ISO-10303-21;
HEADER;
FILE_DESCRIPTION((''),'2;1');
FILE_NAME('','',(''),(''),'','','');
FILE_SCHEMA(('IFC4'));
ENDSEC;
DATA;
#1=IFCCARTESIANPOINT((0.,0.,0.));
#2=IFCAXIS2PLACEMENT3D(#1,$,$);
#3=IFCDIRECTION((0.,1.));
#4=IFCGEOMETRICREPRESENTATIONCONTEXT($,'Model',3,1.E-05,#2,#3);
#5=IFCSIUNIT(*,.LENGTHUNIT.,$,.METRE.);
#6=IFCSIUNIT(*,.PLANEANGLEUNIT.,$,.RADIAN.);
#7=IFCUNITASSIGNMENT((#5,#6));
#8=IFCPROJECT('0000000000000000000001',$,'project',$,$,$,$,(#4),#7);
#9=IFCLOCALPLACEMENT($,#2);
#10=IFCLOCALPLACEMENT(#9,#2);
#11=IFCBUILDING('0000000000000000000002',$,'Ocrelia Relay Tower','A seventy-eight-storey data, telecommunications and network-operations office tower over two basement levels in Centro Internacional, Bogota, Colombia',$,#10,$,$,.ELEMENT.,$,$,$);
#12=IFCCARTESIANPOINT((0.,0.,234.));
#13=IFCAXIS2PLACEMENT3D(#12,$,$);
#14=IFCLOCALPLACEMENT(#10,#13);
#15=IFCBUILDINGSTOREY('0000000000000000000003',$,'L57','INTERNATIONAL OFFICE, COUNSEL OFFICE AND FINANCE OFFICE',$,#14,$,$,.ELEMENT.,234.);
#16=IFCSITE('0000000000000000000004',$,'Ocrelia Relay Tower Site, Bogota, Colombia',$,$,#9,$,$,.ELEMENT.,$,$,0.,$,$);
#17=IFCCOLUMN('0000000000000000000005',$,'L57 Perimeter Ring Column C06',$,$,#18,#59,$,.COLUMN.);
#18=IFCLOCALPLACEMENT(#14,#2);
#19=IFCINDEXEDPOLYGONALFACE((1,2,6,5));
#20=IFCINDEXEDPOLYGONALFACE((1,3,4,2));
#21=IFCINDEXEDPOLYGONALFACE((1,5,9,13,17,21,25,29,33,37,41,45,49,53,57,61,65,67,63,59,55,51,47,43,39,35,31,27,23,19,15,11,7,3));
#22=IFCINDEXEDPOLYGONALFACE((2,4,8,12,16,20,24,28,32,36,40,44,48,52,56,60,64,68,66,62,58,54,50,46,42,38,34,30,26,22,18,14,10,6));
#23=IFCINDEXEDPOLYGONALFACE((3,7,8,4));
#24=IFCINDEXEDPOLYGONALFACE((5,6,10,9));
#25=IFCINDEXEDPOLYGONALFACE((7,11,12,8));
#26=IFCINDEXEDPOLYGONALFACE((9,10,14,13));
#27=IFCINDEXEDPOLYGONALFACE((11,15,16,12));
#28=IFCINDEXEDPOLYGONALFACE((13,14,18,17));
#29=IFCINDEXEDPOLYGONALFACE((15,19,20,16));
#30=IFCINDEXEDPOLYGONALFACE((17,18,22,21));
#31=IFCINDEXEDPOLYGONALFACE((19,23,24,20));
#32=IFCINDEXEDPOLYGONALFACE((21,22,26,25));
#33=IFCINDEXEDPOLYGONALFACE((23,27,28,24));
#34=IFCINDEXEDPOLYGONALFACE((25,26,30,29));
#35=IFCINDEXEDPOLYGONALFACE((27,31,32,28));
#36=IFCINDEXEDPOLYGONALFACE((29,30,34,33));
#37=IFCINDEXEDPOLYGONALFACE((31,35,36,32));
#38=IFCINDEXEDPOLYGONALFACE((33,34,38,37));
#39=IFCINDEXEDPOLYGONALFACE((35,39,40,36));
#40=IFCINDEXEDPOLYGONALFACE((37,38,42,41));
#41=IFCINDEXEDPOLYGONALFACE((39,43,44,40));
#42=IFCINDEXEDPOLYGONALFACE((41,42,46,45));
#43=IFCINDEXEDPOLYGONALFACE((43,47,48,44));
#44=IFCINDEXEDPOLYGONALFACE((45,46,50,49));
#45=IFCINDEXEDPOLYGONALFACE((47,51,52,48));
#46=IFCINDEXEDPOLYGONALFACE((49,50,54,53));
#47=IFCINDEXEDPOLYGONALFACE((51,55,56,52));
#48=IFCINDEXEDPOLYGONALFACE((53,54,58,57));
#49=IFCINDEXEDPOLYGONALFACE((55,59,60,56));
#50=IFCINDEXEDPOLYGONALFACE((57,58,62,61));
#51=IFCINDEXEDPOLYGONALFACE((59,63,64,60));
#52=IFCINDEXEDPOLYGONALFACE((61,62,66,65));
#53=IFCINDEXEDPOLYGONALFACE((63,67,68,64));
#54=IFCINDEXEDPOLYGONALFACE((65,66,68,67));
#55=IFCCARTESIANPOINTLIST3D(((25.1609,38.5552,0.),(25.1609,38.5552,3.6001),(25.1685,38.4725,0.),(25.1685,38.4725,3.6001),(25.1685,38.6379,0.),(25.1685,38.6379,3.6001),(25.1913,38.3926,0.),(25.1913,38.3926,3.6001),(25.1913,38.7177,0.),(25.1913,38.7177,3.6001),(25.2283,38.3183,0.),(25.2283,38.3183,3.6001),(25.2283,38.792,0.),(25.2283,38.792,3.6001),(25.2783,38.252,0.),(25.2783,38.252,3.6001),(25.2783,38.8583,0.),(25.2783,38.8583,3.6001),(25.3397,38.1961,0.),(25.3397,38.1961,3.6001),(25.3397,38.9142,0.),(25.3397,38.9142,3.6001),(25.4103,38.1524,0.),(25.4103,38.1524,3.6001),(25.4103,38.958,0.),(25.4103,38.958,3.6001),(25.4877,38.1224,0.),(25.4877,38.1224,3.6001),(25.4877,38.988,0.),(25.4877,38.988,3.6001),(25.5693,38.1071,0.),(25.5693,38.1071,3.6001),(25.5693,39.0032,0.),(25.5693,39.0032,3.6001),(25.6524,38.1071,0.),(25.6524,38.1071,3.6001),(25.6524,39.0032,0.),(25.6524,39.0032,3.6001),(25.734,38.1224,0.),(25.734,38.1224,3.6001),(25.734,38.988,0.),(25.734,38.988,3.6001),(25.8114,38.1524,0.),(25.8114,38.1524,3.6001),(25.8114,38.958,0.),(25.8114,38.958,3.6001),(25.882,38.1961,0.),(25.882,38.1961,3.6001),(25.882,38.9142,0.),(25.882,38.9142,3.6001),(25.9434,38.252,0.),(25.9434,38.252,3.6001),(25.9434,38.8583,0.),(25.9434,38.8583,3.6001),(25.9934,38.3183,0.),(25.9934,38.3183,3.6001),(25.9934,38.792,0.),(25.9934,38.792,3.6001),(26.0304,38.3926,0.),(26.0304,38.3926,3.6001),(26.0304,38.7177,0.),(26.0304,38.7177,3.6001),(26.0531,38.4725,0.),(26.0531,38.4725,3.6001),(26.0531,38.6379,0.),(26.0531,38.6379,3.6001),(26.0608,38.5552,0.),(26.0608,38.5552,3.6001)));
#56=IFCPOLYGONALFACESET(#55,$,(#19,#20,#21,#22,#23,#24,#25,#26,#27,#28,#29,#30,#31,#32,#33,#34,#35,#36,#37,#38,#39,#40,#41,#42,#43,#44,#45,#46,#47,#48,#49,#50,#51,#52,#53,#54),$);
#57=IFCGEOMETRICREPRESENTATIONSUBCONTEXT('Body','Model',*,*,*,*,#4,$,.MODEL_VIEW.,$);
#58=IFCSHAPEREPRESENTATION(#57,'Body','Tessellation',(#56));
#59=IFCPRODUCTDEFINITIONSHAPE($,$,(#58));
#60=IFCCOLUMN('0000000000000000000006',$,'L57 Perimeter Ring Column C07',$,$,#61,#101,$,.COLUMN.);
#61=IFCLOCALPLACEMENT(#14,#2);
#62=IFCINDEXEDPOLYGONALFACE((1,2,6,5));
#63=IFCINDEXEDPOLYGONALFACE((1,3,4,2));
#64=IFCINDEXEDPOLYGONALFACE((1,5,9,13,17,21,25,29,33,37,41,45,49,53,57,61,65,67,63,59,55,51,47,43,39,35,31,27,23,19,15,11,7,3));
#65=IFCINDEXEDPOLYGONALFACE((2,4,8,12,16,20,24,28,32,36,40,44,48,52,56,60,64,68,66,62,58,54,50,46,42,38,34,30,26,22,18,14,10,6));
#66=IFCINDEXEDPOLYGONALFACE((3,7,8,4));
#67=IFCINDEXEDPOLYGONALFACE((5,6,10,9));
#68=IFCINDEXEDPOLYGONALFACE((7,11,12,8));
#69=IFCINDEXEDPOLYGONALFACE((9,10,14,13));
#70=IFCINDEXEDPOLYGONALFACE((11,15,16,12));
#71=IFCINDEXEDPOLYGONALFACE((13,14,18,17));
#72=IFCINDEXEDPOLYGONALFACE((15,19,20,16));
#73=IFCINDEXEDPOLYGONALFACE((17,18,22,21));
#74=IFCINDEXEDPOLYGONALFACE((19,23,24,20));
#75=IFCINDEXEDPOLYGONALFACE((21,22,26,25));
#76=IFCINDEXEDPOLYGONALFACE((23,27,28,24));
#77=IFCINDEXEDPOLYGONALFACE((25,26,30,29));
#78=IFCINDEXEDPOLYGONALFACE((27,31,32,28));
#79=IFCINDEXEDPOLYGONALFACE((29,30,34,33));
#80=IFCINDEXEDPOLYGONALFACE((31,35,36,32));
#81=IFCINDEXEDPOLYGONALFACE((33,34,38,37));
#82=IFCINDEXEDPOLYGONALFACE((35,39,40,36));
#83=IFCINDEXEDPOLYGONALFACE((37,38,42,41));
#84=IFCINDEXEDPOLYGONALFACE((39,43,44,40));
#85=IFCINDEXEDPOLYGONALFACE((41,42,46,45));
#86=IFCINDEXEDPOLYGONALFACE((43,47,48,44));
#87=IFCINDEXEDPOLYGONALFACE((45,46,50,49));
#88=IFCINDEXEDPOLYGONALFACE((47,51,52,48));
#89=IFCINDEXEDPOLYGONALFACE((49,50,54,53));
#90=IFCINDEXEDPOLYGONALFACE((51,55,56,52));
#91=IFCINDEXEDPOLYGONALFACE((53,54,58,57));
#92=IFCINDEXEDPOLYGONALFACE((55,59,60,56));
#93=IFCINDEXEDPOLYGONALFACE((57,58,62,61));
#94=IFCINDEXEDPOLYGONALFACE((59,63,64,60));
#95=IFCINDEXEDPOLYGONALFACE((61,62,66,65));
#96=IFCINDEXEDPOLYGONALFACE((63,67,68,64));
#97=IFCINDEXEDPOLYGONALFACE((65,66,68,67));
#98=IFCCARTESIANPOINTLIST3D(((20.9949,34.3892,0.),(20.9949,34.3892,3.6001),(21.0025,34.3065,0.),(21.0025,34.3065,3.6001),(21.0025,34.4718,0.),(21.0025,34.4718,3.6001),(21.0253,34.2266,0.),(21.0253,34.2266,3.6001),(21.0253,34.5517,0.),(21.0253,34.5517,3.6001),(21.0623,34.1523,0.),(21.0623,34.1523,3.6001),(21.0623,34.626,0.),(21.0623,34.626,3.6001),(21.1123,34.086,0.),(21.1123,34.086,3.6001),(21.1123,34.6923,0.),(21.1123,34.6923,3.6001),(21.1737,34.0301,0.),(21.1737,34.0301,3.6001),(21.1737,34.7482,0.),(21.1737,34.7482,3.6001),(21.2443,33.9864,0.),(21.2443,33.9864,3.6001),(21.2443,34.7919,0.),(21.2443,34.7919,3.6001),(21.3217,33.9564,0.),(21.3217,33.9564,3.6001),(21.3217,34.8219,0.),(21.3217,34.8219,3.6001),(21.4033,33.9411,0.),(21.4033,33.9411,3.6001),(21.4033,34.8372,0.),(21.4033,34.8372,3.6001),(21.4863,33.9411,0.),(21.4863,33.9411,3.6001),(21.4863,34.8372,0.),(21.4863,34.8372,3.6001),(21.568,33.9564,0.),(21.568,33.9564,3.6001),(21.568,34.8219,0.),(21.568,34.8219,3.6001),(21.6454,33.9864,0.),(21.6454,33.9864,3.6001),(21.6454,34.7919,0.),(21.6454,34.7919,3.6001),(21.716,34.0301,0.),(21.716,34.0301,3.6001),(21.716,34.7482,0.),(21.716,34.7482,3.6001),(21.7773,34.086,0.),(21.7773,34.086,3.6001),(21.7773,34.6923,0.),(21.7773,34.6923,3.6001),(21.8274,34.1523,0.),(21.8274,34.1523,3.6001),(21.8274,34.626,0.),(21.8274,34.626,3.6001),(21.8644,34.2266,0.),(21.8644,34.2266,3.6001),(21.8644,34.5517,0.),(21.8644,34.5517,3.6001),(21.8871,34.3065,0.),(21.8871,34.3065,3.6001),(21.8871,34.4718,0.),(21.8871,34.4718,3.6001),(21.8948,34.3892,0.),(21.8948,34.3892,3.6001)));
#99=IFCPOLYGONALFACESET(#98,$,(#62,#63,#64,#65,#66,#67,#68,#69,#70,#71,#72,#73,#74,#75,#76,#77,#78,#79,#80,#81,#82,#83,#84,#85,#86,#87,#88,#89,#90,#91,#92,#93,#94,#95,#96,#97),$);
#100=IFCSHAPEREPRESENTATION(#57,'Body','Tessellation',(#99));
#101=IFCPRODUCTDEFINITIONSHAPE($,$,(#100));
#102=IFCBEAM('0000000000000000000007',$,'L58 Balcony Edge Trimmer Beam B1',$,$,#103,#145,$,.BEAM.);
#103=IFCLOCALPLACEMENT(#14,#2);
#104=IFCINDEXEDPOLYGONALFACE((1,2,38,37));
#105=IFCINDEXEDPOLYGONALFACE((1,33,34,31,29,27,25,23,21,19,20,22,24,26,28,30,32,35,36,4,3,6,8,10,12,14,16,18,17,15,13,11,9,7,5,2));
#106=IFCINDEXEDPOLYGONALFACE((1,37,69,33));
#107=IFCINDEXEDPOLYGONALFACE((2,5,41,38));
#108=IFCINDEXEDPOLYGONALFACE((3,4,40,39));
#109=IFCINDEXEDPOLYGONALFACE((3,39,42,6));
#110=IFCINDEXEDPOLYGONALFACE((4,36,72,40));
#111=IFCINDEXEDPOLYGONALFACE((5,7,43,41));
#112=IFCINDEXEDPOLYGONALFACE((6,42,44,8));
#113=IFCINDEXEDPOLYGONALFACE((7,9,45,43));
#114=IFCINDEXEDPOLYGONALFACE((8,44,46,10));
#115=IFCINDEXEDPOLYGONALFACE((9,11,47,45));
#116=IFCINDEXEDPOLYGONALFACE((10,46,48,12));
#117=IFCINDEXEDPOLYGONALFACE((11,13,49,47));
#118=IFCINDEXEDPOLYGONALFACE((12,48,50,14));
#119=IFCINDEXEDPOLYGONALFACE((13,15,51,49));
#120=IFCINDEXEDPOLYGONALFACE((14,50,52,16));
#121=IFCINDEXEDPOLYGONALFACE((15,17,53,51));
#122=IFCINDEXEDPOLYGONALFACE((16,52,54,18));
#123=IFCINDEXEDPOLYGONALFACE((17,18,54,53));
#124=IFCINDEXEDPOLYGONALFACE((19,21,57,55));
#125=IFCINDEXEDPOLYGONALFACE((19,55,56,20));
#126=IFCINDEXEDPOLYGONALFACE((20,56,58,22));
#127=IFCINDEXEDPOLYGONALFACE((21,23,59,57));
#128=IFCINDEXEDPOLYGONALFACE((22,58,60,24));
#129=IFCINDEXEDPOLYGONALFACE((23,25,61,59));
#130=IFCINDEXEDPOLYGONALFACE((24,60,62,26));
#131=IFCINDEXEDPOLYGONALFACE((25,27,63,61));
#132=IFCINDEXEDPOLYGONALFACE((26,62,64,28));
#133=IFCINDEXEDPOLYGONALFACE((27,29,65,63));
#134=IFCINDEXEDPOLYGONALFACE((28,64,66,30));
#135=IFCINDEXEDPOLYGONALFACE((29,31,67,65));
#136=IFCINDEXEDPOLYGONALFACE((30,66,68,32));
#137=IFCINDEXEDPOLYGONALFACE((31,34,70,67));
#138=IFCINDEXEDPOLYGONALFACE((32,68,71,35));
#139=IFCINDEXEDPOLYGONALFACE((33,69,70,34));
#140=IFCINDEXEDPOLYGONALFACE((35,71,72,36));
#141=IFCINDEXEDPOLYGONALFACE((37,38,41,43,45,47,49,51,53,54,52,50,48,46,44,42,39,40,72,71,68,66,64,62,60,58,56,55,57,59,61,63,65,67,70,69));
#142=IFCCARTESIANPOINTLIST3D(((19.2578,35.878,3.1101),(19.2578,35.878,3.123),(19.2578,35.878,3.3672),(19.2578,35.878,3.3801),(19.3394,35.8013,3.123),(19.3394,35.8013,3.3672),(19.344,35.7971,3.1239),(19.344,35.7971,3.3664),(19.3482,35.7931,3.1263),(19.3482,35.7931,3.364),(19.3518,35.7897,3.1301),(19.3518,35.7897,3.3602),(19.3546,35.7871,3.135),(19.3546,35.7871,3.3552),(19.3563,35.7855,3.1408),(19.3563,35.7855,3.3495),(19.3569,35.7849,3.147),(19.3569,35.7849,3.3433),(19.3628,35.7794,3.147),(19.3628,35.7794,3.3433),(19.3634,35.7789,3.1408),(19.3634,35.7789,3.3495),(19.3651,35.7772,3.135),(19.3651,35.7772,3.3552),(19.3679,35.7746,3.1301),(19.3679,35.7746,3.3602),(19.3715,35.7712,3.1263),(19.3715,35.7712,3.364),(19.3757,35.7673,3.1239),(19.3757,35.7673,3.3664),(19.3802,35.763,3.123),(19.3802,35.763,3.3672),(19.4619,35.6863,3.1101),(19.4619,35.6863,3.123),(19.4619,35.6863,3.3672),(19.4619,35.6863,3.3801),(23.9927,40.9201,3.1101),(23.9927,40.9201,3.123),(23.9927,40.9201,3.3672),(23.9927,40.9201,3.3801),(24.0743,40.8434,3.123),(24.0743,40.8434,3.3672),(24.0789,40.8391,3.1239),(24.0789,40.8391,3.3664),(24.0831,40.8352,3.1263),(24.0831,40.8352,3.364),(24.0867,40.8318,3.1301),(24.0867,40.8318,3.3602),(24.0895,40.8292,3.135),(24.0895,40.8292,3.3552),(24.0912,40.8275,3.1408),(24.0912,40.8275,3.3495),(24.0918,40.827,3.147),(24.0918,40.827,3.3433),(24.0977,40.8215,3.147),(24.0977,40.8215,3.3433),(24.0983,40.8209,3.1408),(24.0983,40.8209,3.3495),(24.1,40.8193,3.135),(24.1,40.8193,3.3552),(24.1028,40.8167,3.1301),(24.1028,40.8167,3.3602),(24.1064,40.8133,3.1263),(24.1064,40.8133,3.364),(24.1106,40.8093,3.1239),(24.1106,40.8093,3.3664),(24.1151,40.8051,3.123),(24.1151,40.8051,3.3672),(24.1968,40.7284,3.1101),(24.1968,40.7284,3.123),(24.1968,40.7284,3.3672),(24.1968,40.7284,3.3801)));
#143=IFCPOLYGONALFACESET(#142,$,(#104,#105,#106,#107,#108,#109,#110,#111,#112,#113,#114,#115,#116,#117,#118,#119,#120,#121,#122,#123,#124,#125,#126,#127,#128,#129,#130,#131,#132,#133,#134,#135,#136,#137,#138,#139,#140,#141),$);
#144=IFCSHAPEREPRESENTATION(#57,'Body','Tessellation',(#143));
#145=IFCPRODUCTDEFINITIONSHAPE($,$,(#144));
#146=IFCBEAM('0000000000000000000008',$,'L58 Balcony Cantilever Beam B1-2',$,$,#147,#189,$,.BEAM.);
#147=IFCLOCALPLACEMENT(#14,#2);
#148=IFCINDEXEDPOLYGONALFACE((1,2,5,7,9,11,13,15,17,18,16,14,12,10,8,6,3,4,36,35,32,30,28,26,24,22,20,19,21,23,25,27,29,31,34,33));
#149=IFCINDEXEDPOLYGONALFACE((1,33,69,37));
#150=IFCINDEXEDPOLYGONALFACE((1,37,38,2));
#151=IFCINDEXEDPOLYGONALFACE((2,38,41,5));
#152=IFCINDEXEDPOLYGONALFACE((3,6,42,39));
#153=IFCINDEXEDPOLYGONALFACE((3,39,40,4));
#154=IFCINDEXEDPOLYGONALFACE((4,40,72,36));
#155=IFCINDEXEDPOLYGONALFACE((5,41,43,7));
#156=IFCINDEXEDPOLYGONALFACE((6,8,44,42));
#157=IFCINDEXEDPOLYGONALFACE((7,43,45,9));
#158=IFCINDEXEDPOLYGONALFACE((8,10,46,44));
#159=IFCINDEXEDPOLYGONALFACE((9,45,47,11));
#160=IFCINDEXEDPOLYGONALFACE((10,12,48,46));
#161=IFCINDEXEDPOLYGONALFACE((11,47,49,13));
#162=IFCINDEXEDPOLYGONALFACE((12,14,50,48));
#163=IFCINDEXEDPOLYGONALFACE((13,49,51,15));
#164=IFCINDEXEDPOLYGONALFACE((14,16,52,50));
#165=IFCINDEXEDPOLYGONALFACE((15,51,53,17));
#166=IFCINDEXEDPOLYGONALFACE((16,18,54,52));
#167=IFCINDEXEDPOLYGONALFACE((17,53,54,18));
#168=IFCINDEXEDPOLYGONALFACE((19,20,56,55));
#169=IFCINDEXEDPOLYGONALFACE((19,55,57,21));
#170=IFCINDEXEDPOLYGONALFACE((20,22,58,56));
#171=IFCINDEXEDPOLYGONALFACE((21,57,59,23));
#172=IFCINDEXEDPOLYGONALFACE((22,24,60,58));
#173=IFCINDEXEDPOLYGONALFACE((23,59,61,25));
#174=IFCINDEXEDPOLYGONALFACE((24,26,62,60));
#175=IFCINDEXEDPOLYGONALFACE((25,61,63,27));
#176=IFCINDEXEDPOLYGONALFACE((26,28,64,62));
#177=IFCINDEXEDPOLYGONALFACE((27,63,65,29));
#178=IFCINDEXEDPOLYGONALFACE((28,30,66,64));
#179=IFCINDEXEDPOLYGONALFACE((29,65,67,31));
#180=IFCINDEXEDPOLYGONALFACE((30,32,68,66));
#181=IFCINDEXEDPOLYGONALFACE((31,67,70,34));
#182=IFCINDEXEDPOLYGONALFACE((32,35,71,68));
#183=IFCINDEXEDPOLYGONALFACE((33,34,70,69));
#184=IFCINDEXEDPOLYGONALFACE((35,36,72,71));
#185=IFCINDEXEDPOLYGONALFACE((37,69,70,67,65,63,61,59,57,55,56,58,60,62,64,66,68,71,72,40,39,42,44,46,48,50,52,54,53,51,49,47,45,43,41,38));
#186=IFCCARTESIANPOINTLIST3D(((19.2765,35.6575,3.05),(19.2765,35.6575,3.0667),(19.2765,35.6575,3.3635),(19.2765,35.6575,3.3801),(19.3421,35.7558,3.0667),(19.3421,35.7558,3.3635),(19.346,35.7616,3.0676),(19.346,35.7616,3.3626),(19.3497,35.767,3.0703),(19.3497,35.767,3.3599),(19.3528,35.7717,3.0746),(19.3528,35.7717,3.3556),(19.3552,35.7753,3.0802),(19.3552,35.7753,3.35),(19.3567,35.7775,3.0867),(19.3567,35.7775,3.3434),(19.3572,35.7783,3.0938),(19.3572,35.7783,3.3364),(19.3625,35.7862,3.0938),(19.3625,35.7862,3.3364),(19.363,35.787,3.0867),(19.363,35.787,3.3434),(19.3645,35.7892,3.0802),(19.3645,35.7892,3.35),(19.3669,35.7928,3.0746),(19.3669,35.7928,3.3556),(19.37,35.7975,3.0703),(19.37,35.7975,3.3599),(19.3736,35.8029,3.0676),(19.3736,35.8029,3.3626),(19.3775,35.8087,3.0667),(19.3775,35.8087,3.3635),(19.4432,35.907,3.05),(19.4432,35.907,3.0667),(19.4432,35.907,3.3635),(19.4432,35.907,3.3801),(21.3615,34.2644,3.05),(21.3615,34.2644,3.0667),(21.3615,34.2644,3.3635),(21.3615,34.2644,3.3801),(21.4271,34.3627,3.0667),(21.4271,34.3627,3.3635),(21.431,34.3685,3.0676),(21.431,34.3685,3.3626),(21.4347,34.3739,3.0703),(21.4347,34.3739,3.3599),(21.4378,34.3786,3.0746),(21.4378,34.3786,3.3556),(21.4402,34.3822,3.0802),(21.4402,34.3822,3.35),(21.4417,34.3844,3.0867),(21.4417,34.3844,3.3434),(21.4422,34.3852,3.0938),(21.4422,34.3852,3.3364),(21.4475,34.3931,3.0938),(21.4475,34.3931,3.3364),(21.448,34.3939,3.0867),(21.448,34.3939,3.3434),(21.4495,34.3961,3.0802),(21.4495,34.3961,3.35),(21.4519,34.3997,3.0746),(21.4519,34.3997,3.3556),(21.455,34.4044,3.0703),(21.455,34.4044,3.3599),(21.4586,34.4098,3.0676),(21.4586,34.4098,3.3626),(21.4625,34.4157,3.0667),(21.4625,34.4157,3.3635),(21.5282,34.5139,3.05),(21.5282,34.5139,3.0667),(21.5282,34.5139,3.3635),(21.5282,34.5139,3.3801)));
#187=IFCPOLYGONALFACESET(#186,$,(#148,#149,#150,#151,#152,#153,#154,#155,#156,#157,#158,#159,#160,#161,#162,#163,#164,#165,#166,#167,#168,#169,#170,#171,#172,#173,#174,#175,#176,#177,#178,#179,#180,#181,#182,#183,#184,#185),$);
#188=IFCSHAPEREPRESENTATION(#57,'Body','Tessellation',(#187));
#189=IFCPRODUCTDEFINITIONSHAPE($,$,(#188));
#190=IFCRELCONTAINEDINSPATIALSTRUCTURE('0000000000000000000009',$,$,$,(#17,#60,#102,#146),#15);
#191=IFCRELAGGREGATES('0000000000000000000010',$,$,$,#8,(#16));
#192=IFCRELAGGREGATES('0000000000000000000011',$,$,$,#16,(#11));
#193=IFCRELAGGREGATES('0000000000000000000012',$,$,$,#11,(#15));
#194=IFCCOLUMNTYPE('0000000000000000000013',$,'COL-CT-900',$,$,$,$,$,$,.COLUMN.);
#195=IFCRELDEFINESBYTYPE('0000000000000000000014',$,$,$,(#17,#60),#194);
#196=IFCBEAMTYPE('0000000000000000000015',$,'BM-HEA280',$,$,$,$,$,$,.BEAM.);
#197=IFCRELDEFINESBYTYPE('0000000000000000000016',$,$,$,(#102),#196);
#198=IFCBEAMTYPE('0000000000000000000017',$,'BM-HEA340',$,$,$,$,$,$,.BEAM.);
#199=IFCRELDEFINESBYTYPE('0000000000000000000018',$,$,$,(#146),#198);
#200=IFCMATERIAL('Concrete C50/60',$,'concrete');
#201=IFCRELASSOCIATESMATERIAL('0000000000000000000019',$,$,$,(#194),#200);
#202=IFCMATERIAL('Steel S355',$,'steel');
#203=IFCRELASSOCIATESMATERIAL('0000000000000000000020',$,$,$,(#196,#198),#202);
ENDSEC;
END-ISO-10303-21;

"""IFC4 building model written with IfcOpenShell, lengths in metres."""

from ifc_helpers import new_model, si_unit, direction, frame, origin, origin_2d, place, context, subcontext, project, spatial, circle, i_section, extrude, material, material_profile, profile_set, type_object, element, save


model = new_model("IFC4")

# Units and contexts
model_context = context("Model", 3, precision=1e-05, world=origin(), true_north=direction((0.0, 1.0)))
body_context = subcontext(model_context, "Body", "Model", "MODEL_VIEW")
ifc_project = project(units=[si_unit("LENGTHUNIT", "METRE"), si_unit("PLANEANGLEUNIT", "RADIAN")], contexts=[model_context])

# Site, building, storey
site_placement = place(None, origin())
site = spatial("IfcSite", under=ifc_project, at=site_placement, Name="Ocrelia Relay Tower Site, Bogota, Colombia", CompositionType="ELEMENT", RefElevation=0.0)
building_placement = place(site_placement, origin())
building = spatial("IfcBuilding", under=site, at=building_placement, Name="Ocrelia Relay Tower", Description="A seventy-eight-storey data, telecommunications and network-operations office tower over two basement levels in Centro Internacional, Bogota, Colombia", CompositionType="ELEMENT")
storey_placement = place(building_placement, frame((0.0, 0.0, 234.0)))
storey = spatial("IfcBuildingStorey", under=building, at=storey_placement, Name="L57", Description="INTERNATIONAL OFFICE, COUNSEL OFFICE AND FINANCE OFFICE", CompositionType="ELEMENT", Elevation=234.0)

# Columns
ifc_material_1 = material(Name="Concrete C50/60", Category="concrete")
ifc_material_profile_1 = material_profile(ifc_material_1, circle(Radius=0.45, at=origin_2d()), Name="RC-CIR-900")
ifc_profile_set_1 = profile_set([ifc_material_profile_1], Name="Concrete C50/60")
column_type = type_object("IfcColumnType", Name="COL-CT-900", PredefinedType="COLUMN", material=ifc_profile_set_1)
for number, where, z_axis, x_axis, name in (
    (1, (25.6108, 38.5552, 0.0), (0.0, 0.0, 1.0), (1.0, 0.0, 0.0), "L57 Perimeter Ring Column C06"),
    (2, (21.4448, 34.3892, 0.0), (0.0, 0.0, 1.0), (1.0, 0.0, 0.0), "L57 Perimeter Ring Column C07"),
):
    element("IfcColumn", number, at=place(storey_placement, frame(where, z_axis=z_axis, x_axis=x_axis)), inside=storey, type_object=column_type, Name=name, PredefinedType="COLUMN", context=body_context, shape_type="SweptSolid", body=[
        extrude(circle(Radius=0.45, at=origin_2d()), origin(), (0.0, 0.0, 1.0), 3.6001),
    ])

# Beams
ifc_material_2 = material(Name="Steel S355", Category="steel")
ifc_material_profile_2 = material_profile(ifc_material_2, i_section(OverallWidth=0.28, OverallDepth=0.27, WebThickness=0.0081, FlangeThickness=0.0129, FilletRadius=0.0239, at=origin_2d()), Name="HEA 280")
ifc_profile_set_2 = profile_set([ifc_material_profile_2], Name="Steel S355")
beam_type_1 = type_object("IfcBeamType", Name="BM-HEA280", PredefinedType="BEAM", material=ifc_profile_set_2)
beam_1_placement = place(storey_placement, frame((24.0947, 40.8242, 3.2451), z_axis=(-0.684556, -0.72896, 0.0), x_axis=(0.72896, -0.684556, 0.0)))
element("IfcBeam", 3, at=beam_1_placement, inside=storey, type_object=beam_type_1, Name="L58 Balcony Edge Trimmer Beam B1", PredefinedType="BEAM", context=body_context, shape_type="SweptSolid", body=[
    extrude(i_section(OverallWidth=0.28, OverallDepth=0.27, WebThickness=0.0081, FlangeThickness=0.0129, FilletRadius=0.0239, at=origin_2d()), origin(), (0.0, 0.0, 1.0), 6.9167),
])
ifc_material_profile_3 = material_profile(ifc_material_2, i_section(OverallWidth=0.3, OverallDepth=0.3301, WebThickness=0.0095, FlangeThickness=0.0166, FilletRadius=0.0271, at=origin_2d()), Name="HEA 340")
ifc_profile_set_3 = profile_set([ifc_material_profile_3], Name="Steel S355")
beam_type_2 = type_object("IfcBeamType", Name="BM-HEA340", PredefinedType="BEAM", material=ifc_profile_set_3)
beam_2_placement = place(storey_placement, frame((21.4448, 34.3892, 3.2151), z_axis=(-0.831481, 0.555554, 0.0), x_axis=(-0.555554, -0.831481, 0.0)))
element("IfcBeam", 4, at=beam_2_placement, inside=storey, type_object=beam_type_2, Name="L58 Balcony Cantilever Beam B1-2", PredefinedType="BEAM", context=body_context, shape_type="SweptSolid", body=[
    extrude(i_section(OverallWidth=0.3, OverallDepth=0.3301, WebThickness=0.0095, FlangeThickness=0.0166, FilletRadius=0.0271, at=origin_2d()), origin(), (0.0, 0.0, 1.0), 2.5076),
])

save(model, "model.ifc")
